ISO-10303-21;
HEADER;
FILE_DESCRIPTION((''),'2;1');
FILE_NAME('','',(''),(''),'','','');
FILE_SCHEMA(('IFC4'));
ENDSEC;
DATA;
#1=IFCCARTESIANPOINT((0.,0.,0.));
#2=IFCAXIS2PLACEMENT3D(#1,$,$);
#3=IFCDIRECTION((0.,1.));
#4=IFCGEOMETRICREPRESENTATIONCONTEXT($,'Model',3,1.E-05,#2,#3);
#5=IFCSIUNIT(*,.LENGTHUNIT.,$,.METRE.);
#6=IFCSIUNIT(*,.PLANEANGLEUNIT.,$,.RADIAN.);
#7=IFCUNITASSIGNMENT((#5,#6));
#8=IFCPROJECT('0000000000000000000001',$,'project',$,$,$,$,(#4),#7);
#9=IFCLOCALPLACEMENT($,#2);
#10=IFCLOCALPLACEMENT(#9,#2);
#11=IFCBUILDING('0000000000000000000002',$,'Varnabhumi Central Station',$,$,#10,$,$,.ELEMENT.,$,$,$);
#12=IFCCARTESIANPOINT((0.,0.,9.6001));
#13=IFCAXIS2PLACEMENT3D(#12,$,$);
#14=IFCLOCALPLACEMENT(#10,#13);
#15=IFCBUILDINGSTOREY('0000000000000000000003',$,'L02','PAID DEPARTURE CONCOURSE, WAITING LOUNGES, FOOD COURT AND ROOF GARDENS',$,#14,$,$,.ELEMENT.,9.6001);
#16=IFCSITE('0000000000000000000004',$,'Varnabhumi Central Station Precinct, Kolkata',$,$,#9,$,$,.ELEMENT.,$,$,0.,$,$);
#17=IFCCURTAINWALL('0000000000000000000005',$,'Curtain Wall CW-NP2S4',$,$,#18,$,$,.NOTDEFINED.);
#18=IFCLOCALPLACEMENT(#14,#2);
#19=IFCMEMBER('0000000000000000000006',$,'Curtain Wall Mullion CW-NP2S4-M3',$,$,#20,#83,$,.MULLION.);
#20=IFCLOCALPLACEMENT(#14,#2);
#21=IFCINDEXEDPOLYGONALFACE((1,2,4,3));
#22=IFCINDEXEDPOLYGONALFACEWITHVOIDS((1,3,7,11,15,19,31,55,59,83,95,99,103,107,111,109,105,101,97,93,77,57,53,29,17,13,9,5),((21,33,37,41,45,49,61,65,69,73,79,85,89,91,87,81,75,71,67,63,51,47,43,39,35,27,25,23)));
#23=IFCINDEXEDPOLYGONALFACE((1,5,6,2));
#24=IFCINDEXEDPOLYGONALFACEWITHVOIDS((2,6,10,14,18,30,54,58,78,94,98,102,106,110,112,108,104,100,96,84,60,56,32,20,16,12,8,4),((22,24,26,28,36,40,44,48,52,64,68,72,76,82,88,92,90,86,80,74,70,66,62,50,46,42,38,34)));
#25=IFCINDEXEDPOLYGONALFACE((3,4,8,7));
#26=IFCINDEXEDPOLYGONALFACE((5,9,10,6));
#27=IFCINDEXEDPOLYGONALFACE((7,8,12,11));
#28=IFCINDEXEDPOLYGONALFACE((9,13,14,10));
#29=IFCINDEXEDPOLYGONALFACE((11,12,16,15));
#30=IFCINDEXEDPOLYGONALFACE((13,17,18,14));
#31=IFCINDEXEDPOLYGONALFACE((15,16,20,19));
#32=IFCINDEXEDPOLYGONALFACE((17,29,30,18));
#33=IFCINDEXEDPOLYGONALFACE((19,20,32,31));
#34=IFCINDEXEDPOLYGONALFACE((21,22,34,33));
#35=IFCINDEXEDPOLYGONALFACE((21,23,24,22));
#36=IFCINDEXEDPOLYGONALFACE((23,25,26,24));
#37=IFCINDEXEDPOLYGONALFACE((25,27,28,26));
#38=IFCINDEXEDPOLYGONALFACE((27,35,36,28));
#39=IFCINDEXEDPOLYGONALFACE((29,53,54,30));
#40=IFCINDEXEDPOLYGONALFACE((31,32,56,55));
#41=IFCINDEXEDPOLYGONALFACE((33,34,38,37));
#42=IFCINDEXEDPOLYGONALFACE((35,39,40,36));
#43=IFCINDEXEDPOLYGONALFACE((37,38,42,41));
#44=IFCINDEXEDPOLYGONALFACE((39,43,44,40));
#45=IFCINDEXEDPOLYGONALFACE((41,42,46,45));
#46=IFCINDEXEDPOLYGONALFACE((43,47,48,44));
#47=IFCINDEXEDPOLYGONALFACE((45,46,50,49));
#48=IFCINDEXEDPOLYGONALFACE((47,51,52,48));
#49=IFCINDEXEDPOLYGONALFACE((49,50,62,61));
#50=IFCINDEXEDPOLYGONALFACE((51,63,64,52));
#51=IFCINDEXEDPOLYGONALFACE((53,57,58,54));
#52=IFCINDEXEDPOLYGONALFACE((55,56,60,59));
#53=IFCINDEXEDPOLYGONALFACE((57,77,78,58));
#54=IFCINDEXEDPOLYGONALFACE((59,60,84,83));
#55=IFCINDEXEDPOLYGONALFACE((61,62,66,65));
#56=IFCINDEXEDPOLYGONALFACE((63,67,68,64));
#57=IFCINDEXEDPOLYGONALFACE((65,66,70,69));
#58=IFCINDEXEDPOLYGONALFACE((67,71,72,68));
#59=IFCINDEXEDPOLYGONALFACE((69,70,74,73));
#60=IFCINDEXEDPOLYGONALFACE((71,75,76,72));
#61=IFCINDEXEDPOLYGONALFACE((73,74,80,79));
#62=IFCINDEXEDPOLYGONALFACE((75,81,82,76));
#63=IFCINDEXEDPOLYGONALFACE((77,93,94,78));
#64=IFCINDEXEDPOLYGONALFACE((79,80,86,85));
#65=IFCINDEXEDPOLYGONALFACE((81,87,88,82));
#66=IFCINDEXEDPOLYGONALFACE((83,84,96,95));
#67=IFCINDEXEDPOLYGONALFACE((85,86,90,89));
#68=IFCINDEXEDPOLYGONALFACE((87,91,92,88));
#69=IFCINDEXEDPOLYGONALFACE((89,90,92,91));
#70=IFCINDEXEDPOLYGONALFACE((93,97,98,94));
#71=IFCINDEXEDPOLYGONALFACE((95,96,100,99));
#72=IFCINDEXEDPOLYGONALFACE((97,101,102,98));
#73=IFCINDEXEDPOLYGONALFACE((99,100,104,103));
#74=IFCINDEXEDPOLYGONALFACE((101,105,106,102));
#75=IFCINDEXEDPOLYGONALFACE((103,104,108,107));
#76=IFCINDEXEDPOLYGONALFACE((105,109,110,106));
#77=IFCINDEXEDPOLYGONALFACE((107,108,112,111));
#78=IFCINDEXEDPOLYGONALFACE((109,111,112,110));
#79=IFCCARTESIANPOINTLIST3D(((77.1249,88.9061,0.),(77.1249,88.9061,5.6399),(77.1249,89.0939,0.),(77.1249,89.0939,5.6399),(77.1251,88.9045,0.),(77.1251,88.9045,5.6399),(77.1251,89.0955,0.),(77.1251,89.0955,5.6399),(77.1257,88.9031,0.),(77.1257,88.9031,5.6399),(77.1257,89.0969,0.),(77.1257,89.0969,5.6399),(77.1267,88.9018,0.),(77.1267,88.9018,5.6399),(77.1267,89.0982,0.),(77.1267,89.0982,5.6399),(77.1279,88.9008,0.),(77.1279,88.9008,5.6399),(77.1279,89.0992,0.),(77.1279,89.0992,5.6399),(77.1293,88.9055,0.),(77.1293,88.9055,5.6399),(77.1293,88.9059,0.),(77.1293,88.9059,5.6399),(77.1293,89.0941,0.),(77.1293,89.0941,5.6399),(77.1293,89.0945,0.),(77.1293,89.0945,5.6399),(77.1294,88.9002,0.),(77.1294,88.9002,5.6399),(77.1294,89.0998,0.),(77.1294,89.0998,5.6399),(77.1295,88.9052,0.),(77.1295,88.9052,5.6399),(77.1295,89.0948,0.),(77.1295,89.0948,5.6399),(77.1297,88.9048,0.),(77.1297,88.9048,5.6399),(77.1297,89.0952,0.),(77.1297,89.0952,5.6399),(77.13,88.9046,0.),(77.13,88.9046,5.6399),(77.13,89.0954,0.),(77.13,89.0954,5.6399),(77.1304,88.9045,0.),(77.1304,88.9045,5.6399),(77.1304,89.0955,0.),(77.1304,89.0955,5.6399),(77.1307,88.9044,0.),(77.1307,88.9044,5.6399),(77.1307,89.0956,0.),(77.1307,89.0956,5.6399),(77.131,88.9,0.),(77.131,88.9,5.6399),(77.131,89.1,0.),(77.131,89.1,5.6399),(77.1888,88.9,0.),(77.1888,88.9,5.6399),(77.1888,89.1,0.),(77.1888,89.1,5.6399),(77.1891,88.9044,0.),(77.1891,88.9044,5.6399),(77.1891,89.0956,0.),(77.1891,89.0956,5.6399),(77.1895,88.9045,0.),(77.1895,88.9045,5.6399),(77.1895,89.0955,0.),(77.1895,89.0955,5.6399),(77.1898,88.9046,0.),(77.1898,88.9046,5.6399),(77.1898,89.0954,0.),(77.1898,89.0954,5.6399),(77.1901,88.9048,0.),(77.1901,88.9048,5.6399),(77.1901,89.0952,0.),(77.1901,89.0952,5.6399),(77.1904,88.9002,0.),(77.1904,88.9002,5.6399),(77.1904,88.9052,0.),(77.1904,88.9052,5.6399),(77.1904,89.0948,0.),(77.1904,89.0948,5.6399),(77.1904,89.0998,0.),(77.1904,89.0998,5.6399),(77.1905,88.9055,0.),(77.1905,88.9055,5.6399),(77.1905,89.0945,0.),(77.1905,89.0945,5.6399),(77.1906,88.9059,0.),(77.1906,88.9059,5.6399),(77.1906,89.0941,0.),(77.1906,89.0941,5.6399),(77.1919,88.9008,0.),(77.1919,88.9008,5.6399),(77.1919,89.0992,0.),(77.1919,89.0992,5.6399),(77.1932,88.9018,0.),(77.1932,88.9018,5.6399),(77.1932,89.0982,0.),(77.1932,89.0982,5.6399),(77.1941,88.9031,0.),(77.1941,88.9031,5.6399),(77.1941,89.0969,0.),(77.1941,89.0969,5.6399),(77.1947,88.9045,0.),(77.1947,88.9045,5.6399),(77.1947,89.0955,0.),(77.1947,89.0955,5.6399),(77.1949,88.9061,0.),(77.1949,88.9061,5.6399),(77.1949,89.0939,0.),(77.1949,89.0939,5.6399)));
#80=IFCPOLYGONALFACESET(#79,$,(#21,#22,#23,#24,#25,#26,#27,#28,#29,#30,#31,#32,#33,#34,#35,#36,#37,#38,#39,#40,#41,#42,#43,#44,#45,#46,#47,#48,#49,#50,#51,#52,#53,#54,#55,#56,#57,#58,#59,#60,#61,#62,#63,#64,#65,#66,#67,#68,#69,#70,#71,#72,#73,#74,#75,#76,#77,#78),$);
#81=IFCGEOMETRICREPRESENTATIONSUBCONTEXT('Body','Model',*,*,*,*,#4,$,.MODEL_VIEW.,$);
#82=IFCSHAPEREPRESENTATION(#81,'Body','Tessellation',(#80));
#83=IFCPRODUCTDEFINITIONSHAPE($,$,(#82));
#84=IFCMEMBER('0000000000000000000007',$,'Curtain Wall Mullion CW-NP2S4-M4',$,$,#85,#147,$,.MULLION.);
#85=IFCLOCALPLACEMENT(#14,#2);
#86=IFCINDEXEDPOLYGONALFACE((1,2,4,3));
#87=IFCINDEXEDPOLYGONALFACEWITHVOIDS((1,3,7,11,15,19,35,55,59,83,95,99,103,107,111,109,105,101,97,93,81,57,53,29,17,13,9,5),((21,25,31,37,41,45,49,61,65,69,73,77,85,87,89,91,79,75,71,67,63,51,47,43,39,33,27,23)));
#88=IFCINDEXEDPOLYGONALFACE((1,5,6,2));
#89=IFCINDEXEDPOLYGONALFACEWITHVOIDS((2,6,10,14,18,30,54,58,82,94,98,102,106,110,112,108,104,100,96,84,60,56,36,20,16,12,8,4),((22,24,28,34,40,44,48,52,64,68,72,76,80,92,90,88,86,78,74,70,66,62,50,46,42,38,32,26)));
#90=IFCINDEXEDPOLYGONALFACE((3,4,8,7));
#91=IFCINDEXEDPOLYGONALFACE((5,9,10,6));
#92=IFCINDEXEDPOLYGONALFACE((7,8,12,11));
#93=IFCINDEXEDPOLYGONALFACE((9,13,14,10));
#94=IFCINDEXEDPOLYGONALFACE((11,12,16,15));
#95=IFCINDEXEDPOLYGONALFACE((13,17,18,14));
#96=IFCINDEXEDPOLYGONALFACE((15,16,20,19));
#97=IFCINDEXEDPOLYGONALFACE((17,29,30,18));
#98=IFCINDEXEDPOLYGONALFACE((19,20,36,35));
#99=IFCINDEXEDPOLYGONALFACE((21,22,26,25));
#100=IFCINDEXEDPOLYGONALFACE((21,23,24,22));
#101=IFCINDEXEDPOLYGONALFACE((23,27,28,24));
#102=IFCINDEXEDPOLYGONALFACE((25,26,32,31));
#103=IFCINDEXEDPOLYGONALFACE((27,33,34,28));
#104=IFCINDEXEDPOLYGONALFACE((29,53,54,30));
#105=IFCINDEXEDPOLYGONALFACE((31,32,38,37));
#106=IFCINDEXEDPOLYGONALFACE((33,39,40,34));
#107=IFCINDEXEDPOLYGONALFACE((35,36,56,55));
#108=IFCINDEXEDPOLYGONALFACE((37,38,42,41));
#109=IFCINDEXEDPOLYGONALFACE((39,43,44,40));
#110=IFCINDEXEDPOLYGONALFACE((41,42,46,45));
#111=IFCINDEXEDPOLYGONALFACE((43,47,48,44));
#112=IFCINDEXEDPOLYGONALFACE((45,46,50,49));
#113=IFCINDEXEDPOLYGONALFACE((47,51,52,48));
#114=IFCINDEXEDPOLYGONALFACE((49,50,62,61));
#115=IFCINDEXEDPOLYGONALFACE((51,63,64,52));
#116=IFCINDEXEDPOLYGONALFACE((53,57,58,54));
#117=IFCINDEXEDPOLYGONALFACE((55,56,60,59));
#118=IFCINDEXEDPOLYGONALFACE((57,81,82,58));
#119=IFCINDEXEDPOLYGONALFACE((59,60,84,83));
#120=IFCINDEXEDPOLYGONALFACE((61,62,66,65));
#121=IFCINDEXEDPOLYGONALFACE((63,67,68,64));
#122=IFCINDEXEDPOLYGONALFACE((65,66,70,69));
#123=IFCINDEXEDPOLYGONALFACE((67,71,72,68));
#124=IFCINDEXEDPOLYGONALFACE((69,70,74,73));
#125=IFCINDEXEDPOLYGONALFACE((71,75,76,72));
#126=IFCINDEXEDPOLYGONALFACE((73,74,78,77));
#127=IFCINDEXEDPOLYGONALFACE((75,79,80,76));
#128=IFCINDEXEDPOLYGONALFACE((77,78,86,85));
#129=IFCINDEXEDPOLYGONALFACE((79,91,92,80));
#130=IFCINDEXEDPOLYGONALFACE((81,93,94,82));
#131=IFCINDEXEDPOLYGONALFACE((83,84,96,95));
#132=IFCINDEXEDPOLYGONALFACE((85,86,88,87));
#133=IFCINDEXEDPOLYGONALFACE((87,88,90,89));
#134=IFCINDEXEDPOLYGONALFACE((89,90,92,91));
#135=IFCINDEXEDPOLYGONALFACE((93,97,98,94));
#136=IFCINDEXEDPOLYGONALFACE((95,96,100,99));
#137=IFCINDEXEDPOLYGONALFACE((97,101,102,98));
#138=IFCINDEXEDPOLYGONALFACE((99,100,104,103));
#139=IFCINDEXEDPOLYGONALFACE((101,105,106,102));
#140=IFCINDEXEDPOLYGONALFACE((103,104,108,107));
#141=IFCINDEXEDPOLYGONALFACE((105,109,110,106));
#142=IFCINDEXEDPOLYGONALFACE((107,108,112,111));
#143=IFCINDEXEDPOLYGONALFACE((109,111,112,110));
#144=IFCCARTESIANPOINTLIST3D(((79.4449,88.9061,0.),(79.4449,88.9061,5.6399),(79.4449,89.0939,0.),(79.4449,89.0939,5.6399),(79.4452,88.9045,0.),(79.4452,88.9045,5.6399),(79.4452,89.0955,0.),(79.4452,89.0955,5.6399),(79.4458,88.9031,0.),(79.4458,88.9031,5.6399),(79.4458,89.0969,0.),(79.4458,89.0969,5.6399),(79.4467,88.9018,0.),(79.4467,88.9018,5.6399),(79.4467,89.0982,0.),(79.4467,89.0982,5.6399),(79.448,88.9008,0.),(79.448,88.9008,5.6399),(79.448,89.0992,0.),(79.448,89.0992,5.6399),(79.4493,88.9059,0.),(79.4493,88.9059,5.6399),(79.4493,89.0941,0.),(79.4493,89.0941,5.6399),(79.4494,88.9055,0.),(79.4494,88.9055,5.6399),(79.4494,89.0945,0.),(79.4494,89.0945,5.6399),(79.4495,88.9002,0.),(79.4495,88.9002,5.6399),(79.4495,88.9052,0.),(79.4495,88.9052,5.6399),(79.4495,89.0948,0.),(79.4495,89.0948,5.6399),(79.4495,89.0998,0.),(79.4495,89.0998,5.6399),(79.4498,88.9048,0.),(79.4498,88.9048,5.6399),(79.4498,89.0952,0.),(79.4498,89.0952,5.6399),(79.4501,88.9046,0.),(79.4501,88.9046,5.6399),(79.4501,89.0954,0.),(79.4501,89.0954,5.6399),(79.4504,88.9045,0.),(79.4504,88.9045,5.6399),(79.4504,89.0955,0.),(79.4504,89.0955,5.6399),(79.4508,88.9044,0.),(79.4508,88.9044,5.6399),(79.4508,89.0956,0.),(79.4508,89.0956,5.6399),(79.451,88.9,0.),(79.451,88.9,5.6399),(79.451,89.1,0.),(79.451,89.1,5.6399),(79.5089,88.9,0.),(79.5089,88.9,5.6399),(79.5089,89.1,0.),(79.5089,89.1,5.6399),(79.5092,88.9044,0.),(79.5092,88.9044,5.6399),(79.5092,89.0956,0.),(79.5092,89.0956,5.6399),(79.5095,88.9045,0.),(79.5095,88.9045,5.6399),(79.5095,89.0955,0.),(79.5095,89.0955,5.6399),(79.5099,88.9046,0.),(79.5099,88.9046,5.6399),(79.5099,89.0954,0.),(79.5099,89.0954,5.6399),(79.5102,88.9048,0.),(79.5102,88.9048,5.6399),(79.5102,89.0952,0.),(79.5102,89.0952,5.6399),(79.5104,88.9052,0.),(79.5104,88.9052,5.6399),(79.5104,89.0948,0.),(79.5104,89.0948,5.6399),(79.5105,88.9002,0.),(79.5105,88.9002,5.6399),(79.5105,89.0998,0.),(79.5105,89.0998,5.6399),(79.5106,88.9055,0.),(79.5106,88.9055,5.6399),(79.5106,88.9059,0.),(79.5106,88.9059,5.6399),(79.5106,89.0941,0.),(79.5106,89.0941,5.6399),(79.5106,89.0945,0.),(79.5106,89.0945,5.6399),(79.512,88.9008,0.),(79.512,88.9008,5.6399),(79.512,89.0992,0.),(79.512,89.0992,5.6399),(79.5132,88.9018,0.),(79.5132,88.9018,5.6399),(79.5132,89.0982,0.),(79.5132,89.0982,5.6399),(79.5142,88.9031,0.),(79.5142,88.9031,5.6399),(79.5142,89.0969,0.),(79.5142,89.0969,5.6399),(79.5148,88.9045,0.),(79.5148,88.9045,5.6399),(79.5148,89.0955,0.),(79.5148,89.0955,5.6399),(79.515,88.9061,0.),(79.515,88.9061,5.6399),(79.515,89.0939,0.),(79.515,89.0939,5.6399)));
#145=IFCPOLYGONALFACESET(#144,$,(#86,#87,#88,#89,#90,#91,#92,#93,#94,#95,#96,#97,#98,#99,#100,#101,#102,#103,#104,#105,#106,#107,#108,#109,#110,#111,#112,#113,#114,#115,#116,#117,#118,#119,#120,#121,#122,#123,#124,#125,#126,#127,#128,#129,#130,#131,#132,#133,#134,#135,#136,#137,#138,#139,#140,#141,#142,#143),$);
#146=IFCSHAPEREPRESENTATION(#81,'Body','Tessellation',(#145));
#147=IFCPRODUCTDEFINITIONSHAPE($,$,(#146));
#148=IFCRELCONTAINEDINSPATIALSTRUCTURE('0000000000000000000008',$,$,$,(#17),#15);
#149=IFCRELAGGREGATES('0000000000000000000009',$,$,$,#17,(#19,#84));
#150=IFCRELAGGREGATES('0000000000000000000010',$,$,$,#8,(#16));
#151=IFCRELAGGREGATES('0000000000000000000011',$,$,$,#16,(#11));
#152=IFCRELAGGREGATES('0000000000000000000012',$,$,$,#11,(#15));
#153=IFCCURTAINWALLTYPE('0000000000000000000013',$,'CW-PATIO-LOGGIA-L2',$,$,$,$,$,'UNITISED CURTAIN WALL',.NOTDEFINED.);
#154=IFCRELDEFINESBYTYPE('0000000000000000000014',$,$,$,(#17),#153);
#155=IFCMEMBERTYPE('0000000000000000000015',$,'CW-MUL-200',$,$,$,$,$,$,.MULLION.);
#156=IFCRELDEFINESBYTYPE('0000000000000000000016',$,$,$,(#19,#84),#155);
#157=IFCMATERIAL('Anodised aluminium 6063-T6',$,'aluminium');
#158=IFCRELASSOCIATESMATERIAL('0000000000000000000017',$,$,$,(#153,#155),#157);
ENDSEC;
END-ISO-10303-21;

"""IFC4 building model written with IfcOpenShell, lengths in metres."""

from ifc_helpers import new_model, si_unit, direction, frame, origin, origin_2d, place, context, subcontext, project, spatial, hollow_rectangle, extrude, material, material_profile, profile_set, type_object, element, aggregate, save


model = new_model("IFC4")

# Units and contexts
model_context = context("Model", 3, precision=1e-05, world=origin(), true_north=direction((0.0, 1.0)))
body_context = subcontext(model_context, "Body", "Model", "MODEL_VIEW")
ifc_project = project(units=[si_unit("LENGTHUNIT", "METRE"), si_unit("PLANEANGLEUNIT", "RADIAN")], contexts=[model_context])

# Site, building, storey
site_placement = place(None, origin())
site = spatial("IfcSite", under=ifc_project, at=site_placement, Name="Varnabhumi Central Station Precinct, Kolkata", CompositionType="ELEMENT", RefElevation=0.0)
building_placement = place(site_placement, origin())
building = spatial("IfcBuilding", under=site, at=building_placement, Name="Varnabhumi Central Station", CompositionType="ELEMENT")
storey_placement = place(building_placement, frame((0.0, 0.0, 9.6001)))
storey = spatial("IfcBuildingStorey", under=building, at=storey_placement, Name="L02", Description="PAID DEPARTURE CONCOURSE, WAITING LOUNGES, FOOD COURT AND ROOF GARDENS", CompositionType="ELEMENT", Elevation=9.6001)

# Curtain wall, members
ifc_material_1 = material(Name="Anodised aluminium 6063-T6", Category="aluminium")
curtain_wall_type = type_object("IfcCurtainWallType", Name="CW-PATIO-LOGGIA-L2", ElementType="UNITISED CURTAIN WALL", PredefinedType="NOTDEFINED", material=ifc_material_1)
curtain_wall_1_placement = place(storey_placement, origin())
curtain_wall_1 = element("IfcCurtainWall", 1, at=curtain_wall_1_placement, inside=storey, type_object=curtain_wall_type, Name="Curtain Wall CW-NP2S4", PredefinedType="NOTDEFINED")
ifc_material_profile_1 = material_profile(ifc_material_1, hollow_rectangle(XDim=0.0701, YDim=0.2, WallThickness=0.0044, InnerFilletRadius=0.0015, OuterFilletRadius=0.0061, at=origin_2d()), Name="Anodised aluminium 6063-T6", Category="aluminium")
ifc_profile_set_1 = profile_set([ifc_material_profile_1], Name="Anodised aluminium 6063-T6")
member_type_1 = type_object("IfcMemberType", Name="CW-MUL-200", PredefinedType="MULLION", material=ifc_profile_set_1)
member_1_placement = place(storey_placement, frame((77.1599, 89.0, 0.0), z_axis=(0.0, 0.0, 1.0), x_axis=(1.0, 0.0, 0.0)))
member_1 = element("IfcMember", 2, at=member_1_placement, type_object=member_type_1, Name="Curtain Wall Mullion CW-NP2S4-M3", PredefinedType="MULLION", context=body_context, shape_type="SweptSolid", body=[
    extrude(hollow_rectangle(XDim=0.0701, YDim=0.2, WallThickness=0.0044, InnerFilletRadius=0.0015, OuterFilletRadius=0.0061, at=origin_2d()), origin(), (0.0, 0.0, 1.0), 5.6399),
])
member_2_placement = place(storey_placement, frame((79.48, 89.0, 0.0), z_axis=(0.0, 0.0, 1.0), x_axis=(1.0, 0.0, 0.0)))
member_2 = element("IfcMember", 3, at=member_2_placement, type_object=member_type_1, Name="Curtain Wall Mullion CW-NP2S4-M4", PredefinedType="MULLION", context=body_context, shape_type="SweptSolid", body=[
    extrude(hollow_rectangle(XDim=0.0701, YDim=0.2, WallThickness=0.0044, InnerFilletRadius=0.0015, OuterFilletRadius=0.0061, at=origin_2d()), origin(), (0.0, 0.0, 1.0), 5.6399),
])

aggregate(curtain_wall_1, [member_1, member_2])

save(model, "model.ifc")
